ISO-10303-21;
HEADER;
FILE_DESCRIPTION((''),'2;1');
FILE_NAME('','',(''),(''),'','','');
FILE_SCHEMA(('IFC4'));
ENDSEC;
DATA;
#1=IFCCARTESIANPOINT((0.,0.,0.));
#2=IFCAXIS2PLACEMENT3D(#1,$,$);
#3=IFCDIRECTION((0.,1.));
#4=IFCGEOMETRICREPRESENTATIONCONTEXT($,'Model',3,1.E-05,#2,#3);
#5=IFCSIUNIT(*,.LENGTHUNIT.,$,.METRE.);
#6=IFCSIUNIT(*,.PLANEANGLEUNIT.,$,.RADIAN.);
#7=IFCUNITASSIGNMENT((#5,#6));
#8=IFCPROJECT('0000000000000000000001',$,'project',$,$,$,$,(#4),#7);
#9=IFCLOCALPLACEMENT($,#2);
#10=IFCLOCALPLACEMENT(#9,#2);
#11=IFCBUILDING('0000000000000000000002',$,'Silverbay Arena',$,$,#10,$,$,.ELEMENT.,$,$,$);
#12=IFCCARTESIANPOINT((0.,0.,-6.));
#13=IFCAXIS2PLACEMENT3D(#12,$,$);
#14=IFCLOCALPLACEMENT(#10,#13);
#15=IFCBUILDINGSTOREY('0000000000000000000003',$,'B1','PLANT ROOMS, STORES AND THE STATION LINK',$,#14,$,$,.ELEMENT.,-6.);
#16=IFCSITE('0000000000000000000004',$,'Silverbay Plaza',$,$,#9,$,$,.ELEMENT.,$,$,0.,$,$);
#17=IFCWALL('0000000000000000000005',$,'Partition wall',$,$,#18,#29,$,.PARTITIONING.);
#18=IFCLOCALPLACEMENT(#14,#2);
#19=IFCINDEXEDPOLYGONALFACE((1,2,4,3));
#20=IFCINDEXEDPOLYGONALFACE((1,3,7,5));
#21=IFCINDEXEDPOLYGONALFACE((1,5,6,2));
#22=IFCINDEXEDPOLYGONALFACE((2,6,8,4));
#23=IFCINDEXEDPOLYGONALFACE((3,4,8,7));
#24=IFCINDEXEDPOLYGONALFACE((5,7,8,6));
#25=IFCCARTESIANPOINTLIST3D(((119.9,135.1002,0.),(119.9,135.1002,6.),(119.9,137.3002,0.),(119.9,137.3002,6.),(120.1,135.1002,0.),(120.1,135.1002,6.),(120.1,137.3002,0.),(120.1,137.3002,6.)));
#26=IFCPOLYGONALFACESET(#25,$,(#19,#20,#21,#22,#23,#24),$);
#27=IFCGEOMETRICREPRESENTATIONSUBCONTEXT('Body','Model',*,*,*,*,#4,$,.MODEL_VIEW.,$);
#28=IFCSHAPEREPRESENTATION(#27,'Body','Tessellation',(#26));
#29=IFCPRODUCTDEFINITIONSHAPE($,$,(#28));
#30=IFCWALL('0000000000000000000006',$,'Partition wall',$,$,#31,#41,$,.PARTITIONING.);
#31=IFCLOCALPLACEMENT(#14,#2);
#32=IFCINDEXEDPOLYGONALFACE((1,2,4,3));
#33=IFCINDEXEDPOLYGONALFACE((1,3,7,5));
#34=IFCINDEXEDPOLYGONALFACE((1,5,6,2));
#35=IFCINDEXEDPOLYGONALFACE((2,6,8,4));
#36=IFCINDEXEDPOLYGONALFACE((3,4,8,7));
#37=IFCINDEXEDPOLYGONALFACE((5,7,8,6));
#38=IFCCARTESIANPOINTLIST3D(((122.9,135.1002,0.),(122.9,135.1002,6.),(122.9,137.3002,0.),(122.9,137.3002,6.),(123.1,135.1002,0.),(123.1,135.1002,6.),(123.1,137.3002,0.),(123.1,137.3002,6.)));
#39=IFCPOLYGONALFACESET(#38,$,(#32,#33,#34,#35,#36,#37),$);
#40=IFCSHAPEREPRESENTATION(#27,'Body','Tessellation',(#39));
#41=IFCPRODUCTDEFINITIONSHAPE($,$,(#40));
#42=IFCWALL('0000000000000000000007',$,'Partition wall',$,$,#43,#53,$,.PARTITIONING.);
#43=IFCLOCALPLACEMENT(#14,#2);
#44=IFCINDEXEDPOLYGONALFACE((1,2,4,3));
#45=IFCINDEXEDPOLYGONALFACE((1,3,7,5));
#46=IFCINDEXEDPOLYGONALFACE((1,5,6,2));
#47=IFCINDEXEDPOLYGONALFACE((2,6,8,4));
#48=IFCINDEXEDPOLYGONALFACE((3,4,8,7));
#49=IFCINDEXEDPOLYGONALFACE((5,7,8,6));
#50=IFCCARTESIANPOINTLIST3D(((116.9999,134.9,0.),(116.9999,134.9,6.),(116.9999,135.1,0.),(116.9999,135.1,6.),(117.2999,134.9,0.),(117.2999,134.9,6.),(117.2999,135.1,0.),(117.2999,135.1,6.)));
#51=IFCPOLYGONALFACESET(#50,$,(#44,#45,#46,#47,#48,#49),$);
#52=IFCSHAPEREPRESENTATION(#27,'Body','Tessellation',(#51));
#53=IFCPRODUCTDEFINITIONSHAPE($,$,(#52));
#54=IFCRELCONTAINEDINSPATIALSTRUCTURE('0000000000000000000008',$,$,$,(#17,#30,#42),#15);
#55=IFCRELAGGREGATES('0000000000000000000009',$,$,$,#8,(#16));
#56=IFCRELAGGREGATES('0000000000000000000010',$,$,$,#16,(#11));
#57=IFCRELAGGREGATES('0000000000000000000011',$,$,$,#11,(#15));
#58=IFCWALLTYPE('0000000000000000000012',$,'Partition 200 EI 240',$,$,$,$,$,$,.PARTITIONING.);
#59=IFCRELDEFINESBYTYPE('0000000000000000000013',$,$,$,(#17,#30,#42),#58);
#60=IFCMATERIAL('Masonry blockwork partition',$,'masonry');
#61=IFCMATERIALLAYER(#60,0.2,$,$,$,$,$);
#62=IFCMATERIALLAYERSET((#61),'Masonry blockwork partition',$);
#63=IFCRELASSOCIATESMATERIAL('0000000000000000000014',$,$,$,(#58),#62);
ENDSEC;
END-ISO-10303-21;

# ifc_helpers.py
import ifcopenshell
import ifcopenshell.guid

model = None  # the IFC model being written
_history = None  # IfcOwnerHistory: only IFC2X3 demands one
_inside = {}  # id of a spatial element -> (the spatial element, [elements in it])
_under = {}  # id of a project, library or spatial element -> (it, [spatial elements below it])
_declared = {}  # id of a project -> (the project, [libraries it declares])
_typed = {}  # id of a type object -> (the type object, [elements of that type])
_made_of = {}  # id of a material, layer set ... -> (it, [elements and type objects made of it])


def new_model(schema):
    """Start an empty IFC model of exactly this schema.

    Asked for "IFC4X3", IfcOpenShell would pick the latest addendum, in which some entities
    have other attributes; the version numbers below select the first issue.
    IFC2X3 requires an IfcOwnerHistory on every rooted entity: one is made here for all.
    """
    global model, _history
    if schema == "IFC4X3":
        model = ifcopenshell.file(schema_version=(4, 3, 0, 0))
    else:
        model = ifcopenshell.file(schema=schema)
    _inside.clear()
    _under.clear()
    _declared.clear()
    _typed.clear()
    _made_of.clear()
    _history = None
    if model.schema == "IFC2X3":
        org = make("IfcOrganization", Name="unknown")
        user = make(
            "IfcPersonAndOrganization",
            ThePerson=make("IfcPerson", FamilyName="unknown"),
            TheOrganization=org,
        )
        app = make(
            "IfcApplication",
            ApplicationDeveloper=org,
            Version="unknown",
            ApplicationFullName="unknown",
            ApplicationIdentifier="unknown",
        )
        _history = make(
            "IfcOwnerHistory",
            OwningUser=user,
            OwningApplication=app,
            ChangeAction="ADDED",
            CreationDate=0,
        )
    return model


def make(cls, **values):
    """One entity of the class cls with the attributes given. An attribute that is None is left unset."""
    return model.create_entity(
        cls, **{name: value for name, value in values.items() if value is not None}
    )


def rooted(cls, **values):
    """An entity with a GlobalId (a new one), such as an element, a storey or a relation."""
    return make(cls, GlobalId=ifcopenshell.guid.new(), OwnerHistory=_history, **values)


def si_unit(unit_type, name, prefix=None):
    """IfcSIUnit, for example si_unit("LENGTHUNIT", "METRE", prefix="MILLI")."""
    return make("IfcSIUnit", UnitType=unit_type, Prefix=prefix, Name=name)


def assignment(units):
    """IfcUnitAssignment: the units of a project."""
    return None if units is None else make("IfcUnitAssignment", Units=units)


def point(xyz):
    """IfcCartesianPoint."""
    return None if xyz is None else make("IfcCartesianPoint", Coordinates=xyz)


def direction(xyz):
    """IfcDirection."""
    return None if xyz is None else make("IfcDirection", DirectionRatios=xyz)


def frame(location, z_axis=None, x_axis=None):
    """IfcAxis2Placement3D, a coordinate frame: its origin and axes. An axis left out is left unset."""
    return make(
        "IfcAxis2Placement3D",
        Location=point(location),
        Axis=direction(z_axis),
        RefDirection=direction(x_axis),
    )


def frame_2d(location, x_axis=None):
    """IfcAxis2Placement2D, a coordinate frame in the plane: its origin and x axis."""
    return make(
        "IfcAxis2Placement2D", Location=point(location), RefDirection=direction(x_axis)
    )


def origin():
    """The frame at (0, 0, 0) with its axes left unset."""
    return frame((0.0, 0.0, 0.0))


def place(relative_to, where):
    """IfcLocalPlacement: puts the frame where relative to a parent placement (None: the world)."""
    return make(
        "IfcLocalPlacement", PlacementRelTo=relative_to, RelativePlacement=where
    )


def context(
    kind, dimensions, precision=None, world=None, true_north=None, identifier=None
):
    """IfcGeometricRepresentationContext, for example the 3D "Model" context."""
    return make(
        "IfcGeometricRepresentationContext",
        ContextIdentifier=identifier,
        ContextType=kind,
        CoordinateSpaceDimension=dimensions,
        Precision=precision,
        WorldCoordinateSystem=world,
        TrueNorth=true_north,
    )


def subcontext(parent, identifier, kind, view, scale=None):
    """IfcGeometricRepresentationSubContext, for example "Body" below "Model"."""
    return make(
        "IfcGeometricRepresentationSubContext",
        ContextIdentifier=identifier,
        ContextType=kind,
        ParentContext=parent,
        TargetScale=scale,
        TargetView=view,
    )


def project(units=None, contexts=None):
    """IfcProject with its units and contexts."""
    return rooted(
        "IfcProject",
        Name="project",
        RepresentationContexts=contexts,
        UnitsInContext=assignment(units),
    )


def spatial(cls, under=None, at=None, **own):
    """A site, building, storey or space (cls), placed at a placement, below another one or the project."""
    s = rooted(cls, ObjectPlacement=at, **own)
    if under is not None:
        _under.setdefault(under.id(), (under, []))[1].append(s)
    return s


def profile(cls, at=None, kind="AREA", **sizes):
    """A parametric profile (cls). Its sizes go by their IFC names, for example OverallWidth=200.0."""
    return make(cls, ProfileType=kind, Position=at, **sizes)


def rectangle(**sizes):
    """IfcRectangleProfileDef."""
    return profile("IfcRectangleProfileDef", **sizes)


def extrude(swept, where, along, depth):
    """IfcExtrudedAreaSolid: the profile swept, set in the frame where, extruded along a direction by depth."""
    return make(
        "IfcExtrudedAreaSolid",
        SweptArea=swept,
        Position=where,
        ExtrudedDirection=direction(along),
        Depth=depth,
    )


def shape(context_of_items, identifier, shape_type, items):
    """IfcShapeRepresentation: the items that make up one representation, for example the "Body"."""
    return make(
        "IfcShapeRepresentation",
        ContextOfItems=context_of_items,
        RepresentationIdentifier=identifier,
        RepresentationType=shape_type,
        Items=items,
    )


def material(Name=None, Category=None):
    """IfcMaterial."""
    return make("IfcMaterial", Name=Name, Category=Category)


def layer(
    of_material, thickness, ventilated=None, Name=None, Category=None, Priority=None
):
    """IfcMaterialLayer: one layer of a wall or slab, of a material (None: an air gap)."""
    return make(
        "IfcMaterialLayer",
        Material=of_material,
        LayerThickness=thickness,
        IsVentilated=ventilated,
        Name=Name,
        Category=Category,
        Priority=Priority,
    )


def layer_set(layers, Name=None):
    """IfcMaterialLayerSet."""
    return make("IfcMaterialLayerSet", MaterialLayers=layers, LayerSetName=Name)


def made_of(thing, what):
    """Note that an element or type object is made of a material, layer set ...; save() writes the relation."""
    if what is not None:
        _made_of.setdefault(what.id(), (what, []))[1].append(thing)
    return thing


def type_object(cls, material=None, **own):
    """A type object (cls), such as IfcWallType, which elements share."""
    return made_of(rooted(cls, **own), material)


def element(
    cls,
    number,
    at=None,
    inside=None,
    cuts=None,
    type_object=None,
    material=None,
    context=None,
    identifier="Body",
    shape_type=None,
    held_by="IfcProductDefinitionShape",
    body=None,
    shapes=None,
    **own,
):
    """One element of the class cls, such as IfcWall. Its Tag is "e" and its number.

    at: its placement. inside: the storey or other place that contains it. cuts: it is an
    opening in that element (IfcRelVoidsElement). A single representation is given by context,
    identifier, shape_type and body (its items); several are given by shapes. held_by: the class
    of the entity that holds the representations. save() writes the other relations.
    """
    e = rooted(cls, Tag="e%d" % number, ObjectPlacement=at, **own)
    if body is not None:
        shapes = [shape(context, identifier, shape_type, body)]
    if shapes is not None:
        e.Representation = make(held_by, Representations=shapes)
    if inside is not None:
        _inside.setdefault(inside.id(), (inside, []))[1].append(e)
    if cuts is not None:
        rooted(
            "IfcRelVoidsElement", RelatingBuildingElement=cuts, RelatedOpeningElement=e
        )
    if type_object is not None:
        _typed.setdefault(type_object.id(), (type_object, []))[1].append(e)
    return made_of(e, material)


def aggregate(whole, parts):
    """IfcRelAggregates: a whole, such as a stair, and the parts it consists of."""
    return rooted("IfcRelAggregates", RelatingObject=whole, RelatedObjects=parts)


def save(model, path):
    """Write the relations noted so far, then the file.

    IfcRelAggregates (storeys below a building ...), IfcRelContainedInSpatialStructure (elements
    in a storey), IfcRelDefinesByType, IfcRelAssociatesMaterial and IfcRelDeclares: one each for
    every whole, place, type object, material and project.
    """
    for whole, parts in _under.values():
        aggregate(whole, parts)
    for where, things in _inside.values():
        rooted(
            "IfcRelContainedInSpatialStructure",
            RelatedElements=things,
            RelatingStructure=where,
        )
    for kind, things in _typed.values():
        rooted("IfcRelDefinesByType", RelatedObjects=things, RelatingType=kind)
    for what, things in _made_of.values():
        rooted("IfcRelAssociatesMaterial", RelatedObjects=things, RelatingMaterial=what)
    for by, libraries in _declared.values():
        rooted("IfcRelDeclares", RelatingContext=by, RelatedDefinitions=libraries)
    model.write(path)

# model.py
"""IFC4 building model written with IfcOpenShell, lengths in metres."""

from ifc_helpers import new_model, si_unit, direction, frame, frame_2d, origin, place, context, subcontext, project, spatial, rectangle, extrude, material, layer, layer_set, type_object, element, save


model = new_model("IFC4")

# Units and contexts
model_context = context("Model", 3, precision=1e-05, world=origin(), true_north=direction((0.0, 1.0)))
body_context = subcontext(model_context, "Body", "Model", "MODEL_VIEW")
ifc_project = project(units=[si_unit("LENGTHUNIT", "METRE"), si_unit("PLANEANGLEUNIT", "RADIAN")], contexts=[model_context])

# Site, building, storey
site_placement = place(None, origin())
site = spatial("IfcSite", under=ifc_project, at=site_placement, Name="Silverbay Plaza", CompositionType="ELEMENT", RefElevation=0.0)
building_placement = place(site_placement, origin())
building = spatial("IfcBuilding", under=site, at=building_placement, Name="Silverbay Arena", CompositionType="ELEMENT")
storey_placement = place(building_placement, frame((0.0, 0.0, -6.0)))
storey = spatial("IfcBuildingStorey", under=building, at=storey_placement, Name="B1", Description="PLANT ROOMS, STORES AND THE STATION LINK", CompositionType="ELEMENT", Elevation=-6.0)

# Shared definitions
ifc_material_1 = material(Name="Masonry blockwork partition", Category="masonry")
ifc_layer_1 = layer(ifc_material_1, 0.2)
ifc_layer_set_1 = layer_set([ifc_layer_1], Name="Masonry blockwork partition")
wall_type_1 = type_object("IfcWallType", Name="Partition 200 EI 240", PredefinedType="PARTITIONING", material=ifc_layer_set_1)

# Walls
for number, where, z_axis, x_axis, name in (
    (1, (120.0, 135.1001, 0.0), (0.0, 0.0, 1.0), (0.0, 1.0, 0.0), "Partition wall"),
    (2, (123.0, 135.1001, 0.0), (0.0, 0.0, 1.0), (0.0, 1.0, 0.0), "Partition wall"),
):
    element("IfcWall", number, at=place(storey_placement, frame(where, z_axis=z_axis, x_axis=x_axis)), inside=storey, type_object=wall_type_1, Name=name, PredefinedType="PARTITIONING", context=body_context, shape_type="SweptSolid", body=[
        extrude(rectangle(XDim=2.2, YDim=0.2, at=frame_2d((1.1001, 0.0))), origin(), (0.0, 0.0, 1.0), 6.0),
    ])
wall_1_placement = place(storey_placement, frame((117.0, 135.0, 0.0), z_axis=(0.0, 0.0, 1.0), x_axis=(1.0, 0.0, 0.0)))
element("IfcWall", 3, at=wall_1_placement, inside=storey, type_object=wall_type_1, Name="Partition wall", PredefinedType="PARTITIONING", context=body_context, shape_type="SweptSolid", body=[
    extrude(rectangle(XDim=0.3, YDim=0.2, at=frame_2d((0.1499, 0.0))), origin(), (0.0, 0.0, 1.0), 6.0),
])

save(model, "model.ifc")
